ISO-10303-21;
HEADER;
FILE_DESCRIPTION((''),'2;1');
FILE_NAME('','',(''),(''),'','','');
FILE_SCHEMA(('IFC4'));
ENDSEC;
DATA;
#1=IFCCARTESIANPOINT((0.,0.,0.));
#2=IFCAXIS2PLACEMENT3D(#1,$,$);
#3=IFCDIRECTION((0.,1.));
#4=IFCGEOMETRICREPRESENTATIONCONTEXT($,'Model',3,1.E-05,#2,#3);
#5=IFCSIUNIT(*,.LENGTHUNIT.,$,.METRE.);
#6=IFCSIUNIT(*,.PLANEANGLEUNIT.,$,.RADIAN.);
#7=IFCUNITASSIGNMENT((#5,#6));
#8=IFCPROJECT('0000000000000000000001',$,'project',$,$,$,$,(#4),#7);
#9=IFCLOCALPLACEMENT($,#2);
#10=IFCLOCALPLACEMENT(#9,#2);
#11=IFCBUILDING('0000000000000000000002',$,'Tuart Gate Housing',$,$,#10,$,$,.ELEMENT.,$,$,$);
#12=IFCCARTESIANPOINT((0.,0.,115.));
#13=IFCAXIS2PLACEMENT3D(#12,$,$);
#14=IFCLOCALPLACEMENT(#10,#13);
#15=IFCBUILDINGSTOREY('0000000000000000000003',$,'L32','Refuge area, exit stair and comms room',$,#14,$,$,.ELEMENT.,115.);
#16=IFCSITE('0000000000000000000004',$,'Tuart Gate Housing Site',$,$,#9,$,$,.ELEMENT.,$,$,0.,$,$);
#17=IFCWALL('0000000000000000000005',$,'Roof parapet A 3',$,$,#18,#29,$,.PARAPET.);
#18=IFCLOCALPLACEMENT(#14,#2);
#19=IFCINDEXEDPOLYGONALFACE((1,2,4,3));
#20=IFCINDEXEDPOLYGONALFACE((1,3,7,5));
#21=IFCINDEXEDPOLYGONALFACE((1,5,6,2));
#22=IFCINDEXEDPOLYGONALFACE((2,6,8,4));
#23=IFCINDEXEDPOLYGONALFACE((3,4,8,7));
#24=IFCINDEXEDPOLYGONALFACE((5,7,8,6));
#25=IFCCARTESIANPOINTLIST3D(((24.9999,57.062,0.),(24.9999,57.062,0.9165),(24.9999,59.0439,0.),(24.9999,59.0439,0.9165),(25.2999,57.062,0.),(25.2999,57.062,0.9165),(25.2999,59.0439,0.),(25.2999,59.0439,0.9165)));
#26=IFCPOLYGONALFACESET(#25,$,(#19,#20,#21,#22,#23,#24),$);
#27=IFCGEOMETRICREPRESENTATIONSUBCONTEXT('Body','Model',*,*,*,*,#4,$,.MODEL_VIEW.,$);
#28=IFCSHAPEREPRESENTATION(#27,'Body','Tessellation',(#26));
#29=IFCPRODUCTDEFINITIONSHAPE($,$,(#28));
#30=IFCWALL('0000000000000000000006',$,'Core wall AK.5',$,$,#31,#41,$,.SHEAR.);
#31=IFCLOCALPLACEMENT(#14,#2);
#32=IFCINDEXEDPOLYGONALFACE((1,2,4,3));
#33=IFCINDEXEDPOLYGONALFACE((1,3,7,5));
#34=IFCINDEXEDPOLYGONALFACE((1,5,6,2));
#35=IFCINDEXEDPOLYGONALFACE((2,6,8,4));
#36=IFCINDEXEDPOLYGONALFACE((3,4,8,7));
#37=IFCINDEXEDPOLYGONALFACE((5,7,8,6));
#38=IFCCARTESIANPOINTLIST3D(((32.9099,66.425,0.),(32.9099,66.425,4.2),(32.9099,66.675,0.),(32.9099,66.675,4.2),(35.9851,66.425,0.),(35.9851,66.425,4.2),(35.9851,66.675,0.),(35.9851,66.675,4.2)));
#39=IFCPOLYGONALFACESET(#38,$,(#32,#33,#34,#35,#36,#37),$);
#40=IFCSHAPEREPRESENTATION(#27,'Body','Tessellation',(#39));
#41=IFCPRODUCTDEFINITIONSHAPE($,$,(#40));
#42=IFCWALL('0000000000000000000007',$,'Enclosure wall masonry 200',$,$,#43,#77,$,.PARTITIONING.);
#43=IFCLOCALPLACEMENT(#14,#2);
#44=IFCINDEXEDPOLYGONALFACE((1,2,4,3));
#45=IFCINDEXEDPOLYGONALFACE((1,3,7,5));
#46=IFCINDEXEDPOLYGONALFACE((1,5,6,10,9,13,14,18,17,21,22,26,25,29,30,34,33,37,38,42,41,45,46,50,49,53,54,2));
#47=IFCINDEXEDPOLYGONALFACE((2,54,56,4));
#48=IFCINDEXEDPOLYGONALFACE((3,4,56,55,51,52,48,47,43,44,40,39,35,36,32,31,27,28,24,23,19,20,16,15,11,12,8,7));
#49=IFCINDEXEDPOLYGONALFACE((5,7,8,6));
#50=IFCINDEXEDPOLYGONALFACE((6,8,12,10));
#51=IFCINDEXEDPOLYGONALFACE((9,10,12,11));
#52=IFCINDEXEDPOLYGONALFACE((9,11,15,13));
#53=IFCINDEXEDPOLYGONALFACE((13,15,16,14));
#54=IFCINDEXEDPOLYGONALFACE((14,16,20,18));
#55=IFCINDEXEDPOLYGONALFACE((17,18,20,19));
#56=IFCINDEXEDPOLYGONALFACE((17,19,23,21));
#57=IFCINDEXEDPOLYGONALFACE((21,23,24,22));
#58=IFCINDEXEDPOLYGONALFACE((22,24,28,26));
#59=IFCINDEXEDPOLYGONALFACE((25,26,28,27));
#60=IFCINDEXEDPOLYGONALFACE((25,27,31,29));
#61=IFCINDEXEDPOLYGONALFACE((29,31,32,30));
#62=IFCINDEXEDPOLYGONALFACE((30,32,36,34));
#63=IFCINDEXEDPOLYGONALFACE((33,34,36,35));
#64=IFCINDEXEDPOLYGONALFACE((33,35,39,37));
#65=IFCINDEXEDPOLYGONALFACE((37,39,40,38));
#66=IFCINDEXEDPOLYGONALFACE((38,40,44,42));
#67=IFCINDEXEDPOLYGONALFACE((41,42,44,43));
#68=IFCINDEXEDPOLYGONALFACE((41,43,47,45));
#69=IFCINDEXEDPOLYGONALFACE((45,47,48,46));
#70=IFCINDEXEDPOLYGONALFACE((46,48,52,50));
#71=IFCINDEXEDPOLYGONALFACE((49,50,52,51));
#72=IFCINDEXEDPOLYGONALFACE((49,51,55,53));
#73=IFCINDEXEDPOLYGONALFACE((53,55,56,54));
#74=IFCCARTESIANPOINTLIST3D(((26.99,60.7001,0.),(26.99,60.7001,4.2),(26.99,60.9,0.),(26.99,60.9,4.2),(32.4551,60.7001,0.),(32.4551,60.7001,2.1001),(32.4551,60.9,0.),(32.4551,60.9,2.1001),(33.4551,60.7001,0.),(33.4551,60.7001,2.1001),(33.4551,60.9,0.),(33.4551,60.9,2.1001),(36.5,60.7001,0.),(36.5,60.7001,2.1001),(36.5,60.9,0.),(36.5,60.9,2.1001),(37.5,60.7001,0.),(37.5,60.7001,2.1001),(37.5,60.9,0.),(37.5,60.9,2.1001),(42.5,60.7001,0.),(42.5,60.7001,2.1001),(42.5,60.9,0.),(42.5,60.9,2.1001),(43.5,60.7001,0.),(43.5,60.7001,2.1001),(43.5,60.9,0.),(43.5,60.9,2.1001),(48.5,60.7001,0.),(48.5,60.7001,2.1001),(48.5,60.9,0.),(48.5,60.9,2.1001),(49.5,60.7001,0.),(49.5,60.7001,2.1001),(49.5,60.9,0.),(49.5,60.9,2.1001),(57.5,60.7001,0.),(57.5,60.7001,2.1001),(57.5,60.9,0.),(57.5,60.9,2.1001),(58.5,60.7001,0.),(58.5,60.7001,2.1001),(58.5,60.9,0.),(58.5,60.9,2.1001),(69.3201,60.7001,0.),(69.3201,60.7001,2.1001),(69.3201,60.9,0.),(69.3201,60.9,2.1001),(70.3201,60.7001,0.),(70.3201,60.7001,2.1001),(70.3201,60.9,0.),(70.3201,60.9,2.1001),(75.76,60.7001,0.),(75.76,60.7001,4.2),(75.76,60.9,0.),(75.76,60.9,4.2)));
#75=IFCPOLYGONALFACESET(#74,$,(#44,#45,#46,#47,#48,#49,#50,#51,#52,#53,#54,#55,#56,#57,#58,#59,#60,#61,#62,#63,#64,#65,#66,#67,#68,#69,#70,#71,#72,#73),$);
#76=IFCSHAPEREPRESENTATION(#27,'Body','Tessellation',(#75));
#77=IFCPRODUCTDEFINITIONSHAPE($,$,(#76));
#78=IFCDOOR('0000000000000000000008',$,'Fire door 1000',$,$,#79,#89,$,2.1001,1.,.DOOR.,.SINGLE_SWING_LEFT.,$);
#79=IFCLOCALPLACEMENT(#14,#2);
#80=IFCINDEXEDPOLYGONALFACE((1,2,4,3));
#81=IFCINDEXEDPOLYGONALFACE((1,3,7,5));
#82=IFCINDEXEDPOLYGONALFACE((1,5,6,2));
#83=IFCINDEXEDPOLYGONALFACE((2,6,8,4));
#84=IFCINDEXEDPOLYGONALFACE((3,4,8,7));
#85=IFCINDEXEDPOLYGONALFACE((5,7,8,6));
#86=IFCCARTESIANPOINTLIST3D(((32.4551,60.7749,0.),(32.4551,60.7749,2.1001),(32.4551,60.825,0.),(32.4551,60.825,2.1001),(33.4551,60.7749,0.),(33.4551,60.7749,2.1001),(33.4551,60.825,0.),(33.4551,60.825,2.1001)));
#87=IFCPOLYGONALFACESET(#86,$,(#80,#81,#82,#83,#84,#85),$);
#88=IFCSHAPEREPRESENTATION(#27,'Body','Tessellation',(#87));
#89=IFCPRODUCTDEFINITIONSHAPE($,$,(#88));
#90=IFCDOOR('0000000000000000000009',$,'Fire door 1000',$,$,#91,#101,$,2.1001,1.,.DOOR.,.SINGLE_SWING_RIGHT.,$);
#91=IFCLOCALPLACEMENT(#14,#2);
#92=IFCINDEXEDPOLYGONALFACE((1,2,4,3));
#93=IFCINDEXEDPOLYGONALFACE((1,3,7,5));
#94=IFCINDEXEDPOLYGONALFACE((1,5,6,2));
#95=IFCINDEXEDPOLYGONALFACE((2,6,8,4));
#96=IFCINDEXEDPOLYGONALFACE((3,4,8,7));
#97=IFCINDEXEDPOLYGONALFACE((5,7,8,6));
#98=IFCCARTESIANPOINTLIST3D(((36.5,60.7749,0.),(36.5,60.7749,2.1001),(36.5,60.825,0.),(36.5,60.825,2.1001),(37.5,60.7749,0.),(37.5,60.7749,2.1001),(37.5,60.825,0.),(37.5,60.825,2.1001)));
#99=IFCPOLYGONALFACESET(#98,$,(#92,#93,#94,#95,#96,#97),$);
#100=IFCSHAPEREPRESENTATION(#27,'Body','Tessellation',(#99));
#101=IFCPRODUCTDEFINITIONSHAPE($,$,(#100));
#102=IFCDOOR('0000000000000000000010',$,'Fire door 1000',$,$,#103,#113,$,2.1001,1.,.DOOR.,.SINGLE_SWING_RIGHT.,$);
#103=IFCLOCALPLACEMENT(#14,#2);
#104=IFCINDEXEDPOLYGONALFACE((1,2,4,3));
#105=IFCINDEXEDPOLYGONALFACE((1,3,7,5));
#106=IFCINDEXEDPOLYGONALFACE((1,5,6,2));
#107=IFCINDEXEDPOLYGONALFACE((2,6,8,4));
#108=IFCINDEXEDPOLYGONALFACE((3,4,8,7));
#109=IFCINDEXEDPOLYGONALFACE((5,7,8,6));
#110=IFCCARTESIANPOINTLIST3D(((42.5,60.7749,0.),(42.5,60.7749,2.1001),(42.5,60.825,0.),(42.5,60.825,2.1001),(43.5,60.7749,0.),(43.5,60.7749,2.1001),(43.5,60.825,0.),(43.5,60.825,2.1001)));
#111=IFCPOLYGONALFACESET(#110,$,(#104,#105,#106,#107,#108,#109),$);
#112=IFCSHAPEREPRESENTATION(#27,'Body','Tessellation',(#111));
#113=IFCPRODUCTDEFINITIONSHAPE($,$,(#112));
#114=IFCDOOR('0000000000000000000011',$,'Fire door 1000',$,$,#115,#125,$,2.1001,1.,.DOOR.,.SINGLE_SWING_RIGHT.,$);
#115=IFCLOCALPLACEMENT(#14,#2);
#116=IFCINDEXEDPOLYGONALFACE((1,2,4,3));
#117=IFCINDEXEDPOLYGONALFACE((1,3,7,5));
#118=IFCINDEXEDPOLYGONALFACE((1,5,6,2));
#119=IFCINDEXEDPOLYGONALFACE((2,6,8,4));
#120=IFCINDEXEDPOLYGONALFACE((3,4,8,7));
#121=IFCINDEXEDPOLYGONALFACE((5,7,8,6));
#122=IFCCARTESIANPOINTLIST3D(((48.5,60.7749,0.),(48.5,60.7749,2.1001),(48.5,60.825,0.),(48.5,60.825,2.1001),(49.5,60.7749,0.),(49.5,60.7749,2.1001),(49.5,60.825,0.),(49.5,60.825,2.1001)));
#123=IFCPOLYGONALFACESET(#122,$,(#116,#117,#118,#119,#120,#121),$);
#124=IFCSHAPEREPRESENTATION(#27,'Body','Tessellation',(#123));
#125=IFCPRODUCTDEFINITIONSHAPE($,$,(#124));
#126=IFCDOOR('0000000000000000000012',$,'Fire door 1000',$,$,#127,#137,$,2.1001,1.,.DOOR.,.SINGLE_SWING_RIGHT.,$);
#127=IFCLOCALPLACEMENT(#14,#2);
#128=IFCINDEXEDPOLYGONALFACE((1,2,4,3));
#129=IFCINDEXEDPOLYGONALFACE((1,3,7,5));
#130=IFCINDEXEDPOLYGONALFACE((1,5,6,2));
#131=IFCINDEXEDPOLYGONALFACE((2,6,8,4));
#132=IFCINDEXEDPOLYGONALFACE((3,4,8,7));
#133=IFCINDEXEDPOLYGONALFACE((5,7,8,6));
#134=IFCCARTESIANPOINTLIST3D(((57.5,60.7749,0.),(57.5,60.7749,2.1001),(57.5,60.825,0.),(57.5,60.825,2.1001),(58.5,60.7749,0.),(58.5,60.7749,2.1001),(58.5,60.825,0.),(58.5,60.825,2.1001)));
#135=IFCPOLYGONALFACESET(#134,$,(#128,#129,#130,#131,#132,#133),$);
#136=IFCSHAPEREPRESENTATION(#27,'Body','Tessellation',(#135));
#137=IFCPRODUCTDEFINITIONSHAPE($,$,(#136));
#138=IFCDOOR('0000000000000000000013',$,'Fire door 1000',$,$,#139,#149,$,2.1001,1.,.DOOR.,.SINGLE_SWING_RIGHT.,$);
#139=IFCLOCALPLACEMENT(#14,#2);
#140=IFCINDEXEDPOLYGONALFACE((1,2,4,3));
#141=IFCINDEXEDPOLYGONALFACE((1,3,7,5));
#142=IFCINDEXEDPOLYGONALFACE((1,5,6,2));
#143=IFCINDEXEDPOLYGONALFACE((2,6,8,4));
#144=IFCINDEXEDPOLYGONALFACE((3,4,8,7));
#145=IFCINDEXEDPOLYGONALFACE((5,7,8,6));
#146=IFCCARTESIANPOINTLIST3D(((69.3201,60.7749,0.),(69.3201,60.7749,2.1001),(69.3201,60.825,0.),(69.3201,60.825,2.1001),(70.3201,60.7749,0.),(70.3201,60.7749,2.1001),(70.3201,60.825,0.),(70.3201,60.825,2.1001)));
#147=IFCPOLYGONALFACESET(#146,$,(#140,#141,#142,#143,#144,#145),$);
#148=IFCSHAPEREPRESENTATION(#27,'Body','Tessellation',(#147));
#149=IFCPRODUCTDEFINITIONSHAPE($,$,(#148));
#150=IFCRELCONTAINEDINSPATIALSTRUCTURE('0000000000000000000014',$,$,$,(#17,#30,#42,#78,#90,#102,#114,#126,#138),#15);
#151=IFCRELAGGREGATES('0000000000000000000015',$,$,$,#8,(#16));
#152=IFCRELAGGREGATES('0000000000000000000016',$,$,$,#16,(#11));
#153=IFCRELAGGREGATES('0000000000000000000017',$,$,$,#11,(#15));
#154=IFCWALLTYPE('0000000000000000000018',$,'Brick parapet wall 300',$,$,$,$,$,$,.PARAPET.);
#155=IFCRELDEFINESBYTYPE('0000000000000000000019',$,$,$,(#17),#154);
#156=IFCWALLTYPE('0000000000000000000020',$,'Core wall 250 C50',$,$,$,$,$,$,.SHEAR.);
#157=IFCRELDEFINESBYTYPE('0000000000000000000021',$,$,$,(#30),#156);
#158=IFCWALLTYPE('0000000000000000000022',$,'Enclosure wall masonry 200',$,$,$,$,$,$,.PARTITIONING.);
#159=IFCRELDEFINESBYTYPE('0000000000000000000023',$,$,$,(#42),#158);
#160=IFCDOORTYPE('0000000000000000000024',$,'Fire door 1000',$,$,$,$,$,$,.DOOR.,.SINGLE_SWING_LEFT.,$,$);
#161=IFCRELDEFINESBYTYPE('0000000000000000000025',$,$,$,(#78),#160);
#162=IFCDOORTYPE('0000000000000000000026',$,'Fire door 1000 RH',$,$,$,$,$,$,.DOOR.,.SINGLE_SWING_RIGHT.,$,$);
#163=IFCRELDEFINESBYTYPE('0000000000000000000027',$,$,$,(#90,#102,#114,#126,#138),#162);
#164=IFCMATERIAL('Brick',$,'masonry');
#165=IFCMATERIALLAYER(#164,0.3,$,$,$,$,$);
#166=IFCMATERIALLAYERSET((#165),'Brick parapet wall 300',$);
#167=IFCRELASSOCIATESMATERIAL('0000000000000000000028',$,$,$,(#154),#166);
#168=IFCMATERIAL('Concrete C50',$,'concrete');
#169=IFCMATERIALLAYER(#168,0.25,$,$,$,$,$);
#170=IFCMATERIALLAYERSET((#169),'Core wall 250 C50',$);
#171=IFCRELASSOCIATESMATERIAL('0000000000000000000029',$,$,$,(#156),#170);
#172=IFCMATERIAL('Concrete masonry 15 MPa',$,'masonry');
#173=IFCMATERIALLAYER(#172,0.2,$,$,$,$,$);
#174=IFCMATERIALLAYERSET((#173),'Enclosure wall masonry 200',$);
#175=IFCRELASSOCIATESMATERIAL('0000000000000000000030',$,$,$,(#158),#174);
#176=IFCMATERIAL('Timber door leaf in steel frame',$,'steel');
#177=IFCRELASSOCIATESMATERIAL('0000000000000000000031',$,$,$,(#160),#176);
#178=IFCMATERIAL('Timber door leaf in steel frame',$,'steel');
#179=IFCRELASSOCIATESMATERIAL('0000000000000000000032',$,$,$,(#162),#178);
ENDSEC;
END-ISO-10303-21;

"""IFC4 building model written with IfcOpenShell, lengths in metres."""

from ifc_helpers import new_model, si_unit, direction, frame, frame_2d, origin, place, context, subcontext, project, spatial, rectangle, extrude, material, layer, layer_set, type_object, element, fill, save


model = new_model("IFC4")

# Units and contexts
model_context = context("Model", 3, precision=1e-05, world=origin(), true_north=direction((0.0, 1.0)))
body_context = subcontext(model_context, "Body", "Model", "MODEL_VIEW")
ifc_project = project(units=[si_unit("LENGTHUNIT", "METRE"), si_unit("PLANEANGLEUNIT", "RADIAN")], contexts=[model_context])

# Site, building, storey
site_placement = place(None, origin())
site = spatial("IfcSite", under=ifc_project, at=site_placement, Name="Tuart Gate Housing Site", CompositionType="ELEMENT", RefElevation=0.0)
building_placement = place(site_placement, origin())
building = spatial("IfcBuilding", under=site, at=building_placement, Name="Tuart Gate Housing", CompositionType="ELEMENT")
storey_placement = place(building_placement, frame((0.0, 0.0, 115.0)))
storey = spatial("IfcBuildingStorey", under=building, at=storey_placement, Name="L32", Description="Refuge area, exit stair and comms room", CompositionType="ELEMENT", Elevation=115.0)

# Walls
ifc_material_1 = material(Name="Brick", Category="masonry")
ifc_layer_1 = layer(ifc_material_1, 0.3)
ifc_layer_set_1 = layer_set([ifc_layer_1], Name="Brick parapet wall 300")
wall_type_1 = type_object("IfcWallType", Name="Brick parapet wall 300", PredefinedType="PARAPET", material=ifc_layer_set_1)
wall_1_placement = place(storey_placement, frame((25.1499, 59.0439, 0.0), z_axis=(0.0, 0.0, 1.0), x_axis=(0.0, -1.0, 0.0)))
element("IfcWall", 1, at=wall_1_placement, inside=storey, type_object=wall_type_1, Name="Roof parapet A 3", PredefinedType="PARAPET", context=body_context, shape_type="SweptSolid", body=[
    extrude(rectangle(XDim=1.9819, YDim=0.3, at=frame_2d((0.991, 0.0))), origin(), (0.0, 0.0, 1.0), 0.9165),
])
ifc_material_2 = material(Name="Concrete C50", Category="concrete")
ifc_layer_2 = layer(ifc_material_2, 0.25)
ifc_layer_set_2 = layer_set([ifc_layer_2], Name="Core wall 250 C50")
wall_type_2 = type_object("IfcWallType", Name="Core wall 250 C50", PredefinedType="SHEAR", material=ifc_layer_set_2)
wall_2_placement = place(storey_placement, frame((35.9851, 66.55, 0.0), z_axis=(0.0, 0.0, 1.0), x_axis=(-1.0, 0.0, 0.0)))
element("IfcWall", 2, at=wall_2_placement, inside=storey, type_object=wall_type_2, Name="Core wall AK.5", PredefinedType="SHEAR", context=body_context, shape_type="SweptSolid", body=[
    extrude(rectangle(XDim=3.0752, YDim=0.25, at=frame_2d((1.5376, 0.0))), origin(), (0.0, 0.0, 1.0), 4.2),
])

# Wall, openings, doors
ifc_material_3 = material(Name="Concrete masonry 15 MPa", Category="masonry")
ifc_layer_3 = layer(ifc_material_3, 0.2)
ifc_layer_set_3 = layer_set([ifc_layer_3], Name="Enclosure wall masonry 200")
wall_type_3 = type_object("IfcWallType", Name="Enclosure wall masonry 200", PredefinedType="PARTITIONING", material=ifc_layer_set_3)
wall_3_placement = place(storey_placement, frame((26.99, 60.8, 0.0), z_axis=(0.0, 0.0, 1.0), x_axis=(1.0, 0.0, 0.0)))
wall_3 = element("IfcWall", 3, at=wall_3_placement, inside=storey, type_object=wall_type_3, Name="Enclosure wall masonry 200", PredefinedType="PARTITIONING", context=body_context, shape_type="SweptSolid", body=[
    extrude(rectangle(XDim=48.77, YDim=0.2, at=frame_2d((24.385, 0.0))), origin(), (0.0, 0.0, 1.0), 4.2),
])
opening_1_placement = place(wall_3_placement, frame((5.4651, 0.0, 0.0)))
opening_1 = element("IfcOpeningElement", 4, at=opening_1_placement, cuts=wall_3, PredefinedType="OPENING", context=body_context, shape_type="SweptSolid", body=[
    extrude(rectangle(XDim=1.0, YDim=2.1001, at=frame_2d((0.5, 1.05))), frame((0.0, 0.1099, 0.0), z_axis=(0.0, -1.0, 0.0), x_axis=(1.0, 0.0, 0.0)), (0.0, 0.0, 1.0), 0.22),
])
opening_2_placement = place(wall_3_placement, frame((9.51, 0.0, 0.0)))
opening_2 = element("IfcOpeningElement", 5, at=opening_2_placement, cuts=wall_3, PredefinedType="OPENING", context=body_context, shape_type="SweptSolid", body=[
    extrude(rectangle(XDim=1.0, YDim=2.1001, at=frame_2d((0.5, 1.05))), frame((0.0, 0.1099, 0.0), z_axis=(0.0, -1.0, 0.0), x_axis=(1.0, 0.0, 0.0)), (0.0, 0.0, 1.0), 0.22),
])
opening_3_placement = place(wall_3_placement, frame((15.51, 0.0, 0.0)))
opening_3 = element("IfcOpeningElement", 6, at=opening_3_placement, cuts=wall_3, PredefinedType="OPENING", context=body_context, shape_type="SweptSolid", body=[
    extrude(rectangle(XDim=1.0, YDim=2.1001, at=frame_2d((0.5, 1.05))), frame((0.0, 0.1099, 0.0), z_axis=(0.0, -1.0, 0.0), x_axis=(1.0, 0.0, 0.0)), (0.0, 0.0, 1.0), 0.22),
])
opening_4_placement = place(wall_3_placement, frame((21.51, 0.0, 0.0)))
opening_4 = element("IfcOpeningElement", 7, at=opening_4_placement, cuts=wall_3, PredefinedType="OPENING", context=body_context, shape_type="SweptSolid", body=[
    extrude(rectangle(XDim=1.0, YDim=2.1001, at=frame_2d((0.5, 1.05))), frame((0.0, 0.1099, 0.0), z_axis=(0.0, -1.0, 0.0), x_axis=(1.0, 0.0, 0.0)), (0.0, 0.0, 1.0), 0.22),
])
opening_5_placement = place(wall_3_placement, frame((30.51, 0.0, 0.0)))
opening_5 = element("IfcOpeningElement", 8, at=opening_5_placement, cuts=wall_3, PredefinedType="OPENING", context=body_context, shape_type="SweptSolid", body=[
    extrude(rectangle(XDim=1.0, YDim=2.1001, at=frame_2d((0.5, 1.05))), frame((0.0, 0.1099, 0.0), z_axis=(0.0, -1.0, 0.0), x_axis=(1.0, 0.0, 0.0)), (0.0, 0.0, 1.0), 0.22),
])
opening_6_placement = place(wall_3_placement, frame((42.3301, 0.0, 0.0)))
opening_6 = element("IfcOpeningElement", 9, at=opening_6_placement, cuts=wall_3, PredefinedType="OPENING", context=body_context, shape_type="SweptSolid", body=[
    extrude(rectangle(XDim=1.0, YDim=2.1001, at=frame_2d((0.5, 1.05))), frame((0.0, 0.1099, 0.0), z_axis=(0.0, -1.0, 0.0), x_axis=(1.0, 0.0, 0.0)), (0.0, 0.0, 1.0), 0.22),
])
ifc_material_4 = material(Name="Timber door leaf in steel frame", Category="steel")
door_type_1 = type_object("IfcDoorType", Name="Fire door 1000", OperationType="SINGLE_SWING_LEFT", PredefinedType="DOOR", material=ifc_material_4)
door_1_placement = place(opening_1_placement, frame((1.0, 0.0, 0.0), z_axis=(0.0, 0.0, 1.0), x_axis=(-1.0, 0.0, 0.0)))
door_1 = element("IfcDoor", 10, at=door_1_placement, inside=storey, type_object=door_type_1, Name="Fire door 1000", OperationType="SINGLE_SWING_LEFT", OverallHeight=2.1001, OverallWidth=1.0, PredefinedType="DOOR", context=body_context, shape_type="SweptSolid", body=[
    extrude(rectangle(XDim=1.0, YDim=2.1001, at=frame_2d((0.5, 1.05))), frame((0.0, 0.0251, 0.0), z_axis=(0.0, -1.0, 0.0), x_axis=(1.0, 0.0, 0.0)), (0.0, 0.0, 1.0), 0.05),
])
fill(opening_1, door_1)
ifc_material_5 = material(Name="Timber door leaf in steel frame", Category="steel")
door_type_2 = type_object("IfcDoorType", Name="Fire door 1000 RH", OperationType="SINGLE_SWING_RIGHT", PredefinedType="DOOR", material=ifc_material_5)
door_2_placement = place(opening_2_placement, frame((1.0, 0.0, 0.0), z_axis=(0.0, 0.0, 1.0), x_axis=(-1.0, 0.0, 0.0)))
door_2 = element("IfcDoor", 11, at=door_2_placement, inside=storey, type_object=door_type_2, Name="Fire door 1000", OperationType="SINGLE_SWING_RIGHT", OverallHeight=2.1001, OverallWidth=1.0, PredefinedType="DOOR", context=body_context, shape_type="SweptSolid", body=[
    extrude(rectangle(XDim=1.0, YDim=2.1001, at=frame_2d((0.5, 1.05))), frame((0.0, 0.0251, 0.0), z_axis=(0.0, -1.0, 0.0), x_axis=(1.0, 0.0, 0.0)), (0.0, 0.0, 1.0), 0.05),
])
fill(opening_2, door_2)
door_3_placement = place(opening_3_placement, frame((1.0, 0.0, 0.0), z_axis=(0.0, 0.0, 1.0), x_axis=(-1.0, 0.0, 0.0)))
door_3 = element("IfcDoor", 12, at=door_3_placement, inside=storey, type_object=door_type_2, Name="Fire door 1000", OperationType="SINGLE_SWING_RIGHT", OverallHeight=2.1001, OverallWidth=1.0, PredefinedType="DOOR", context=body_context, shape_type="SweptSolid", body=[
    extrude(rectangle(XDim=1.0, YDim=2.1001, at=frame_2d((0.5, 1.05))), frame((0.0, 0.0251, 0.0), z_axis=(0.0, -1.0, 0.0), x_axis=(1.0, 0.0, 0.0)), (0.0, 0.0, 1.0), 0.05),
])
fill(opening_3, door_3)
door_4_placement = place(opening_4_placement, frame((1.0, 0.0, 0.0), z_axis=(0.0, 0.0, 1.0), x_axis=(-1.0, 0.0, 0.0)))
door_4 = element("IfcDoor", 13, at=door_4_placement, inside=storey, type_object=door_type_2, Name="Fire door 1000", OperationType="SINGLE_SWING_RIGHT", OverallHeight=2.1001, OverallWidth=1.0, PredefinedType="DOOR", context=body_context, shape_type="SweptSolid", body=[
    extrude(rectangle(XDim=1.0, YDim=2.1001, at=frame_2d((0.5, 1.05))), frame((0.0, 0.0251, 0.0), z_axis=(0.0, -1.0, 0.0), x_axis=(1.0, 0.0, 0.0)), (0.0, 0.0, 1.0), 0.05),
])
fill(opening_4, door_4)
door_5_placement = place(opening_5_placement, frame((1.0, 0.0, 0.0), z_axis=(0.0, 0.0, 1.0), x_axis=(-1.0, 0.0, 0.0)))
door_5 = element("IfcDoor", 14, at=door_5_placement, inside=storey, type_object=door_type_2, Name="Fire door 1000", OperationType="SINGLE_SWING_RIGHT", OverallHeight=2.1001, OverallWidth=1.0, PredefinedType="DOOR", context=body_context, shape_type="SweptSolid", body=[
    extrude(rectangle(XDim=1.0, YDim=2.1001, at=frame_2d((0.5, 1.05))), frame((0.0, 0.0251, 0.0), z_axis=(0.0, -1.0, 0.0), x_axis=(1.0, 0.0, 0.0)), (0.0, 0.0, 1.0), 0.05),
])
fill(opening_5, door_5)
door_6_placement = place(opening_6_placement, frame((1.0, 0.0, 0.0), z_axis=(0.0, 0.0, 1.0), x_axis=(-1.0, 0.0, 0.0)))
door_6 = element("IfcDoor", 15, at=door_6_placement, inside=storey, type_object=door_type_2, Name="Fire door 1000", OperationType="SINGLE_SWING_RIGHT", OverallHeight=2.1001, OverallWidth=1.0, PredefinedType="DOOR", context=body_context, shape_type="SweptSolid", body=[
    extrude(rectangle(XDim=1.0, YDim=2.1001, at=frame_2d((0.5, 1.05))), frame((0.0, 0.0251, 0.0), z_axis=(0.0, -1.0, 0.0), x_axis=(1.0, 0.0, 0.0)), (0.0, 0.0, 1.0), 0.05),
])
fill(opening_6, door_6)

save(model, "model.ifc")
